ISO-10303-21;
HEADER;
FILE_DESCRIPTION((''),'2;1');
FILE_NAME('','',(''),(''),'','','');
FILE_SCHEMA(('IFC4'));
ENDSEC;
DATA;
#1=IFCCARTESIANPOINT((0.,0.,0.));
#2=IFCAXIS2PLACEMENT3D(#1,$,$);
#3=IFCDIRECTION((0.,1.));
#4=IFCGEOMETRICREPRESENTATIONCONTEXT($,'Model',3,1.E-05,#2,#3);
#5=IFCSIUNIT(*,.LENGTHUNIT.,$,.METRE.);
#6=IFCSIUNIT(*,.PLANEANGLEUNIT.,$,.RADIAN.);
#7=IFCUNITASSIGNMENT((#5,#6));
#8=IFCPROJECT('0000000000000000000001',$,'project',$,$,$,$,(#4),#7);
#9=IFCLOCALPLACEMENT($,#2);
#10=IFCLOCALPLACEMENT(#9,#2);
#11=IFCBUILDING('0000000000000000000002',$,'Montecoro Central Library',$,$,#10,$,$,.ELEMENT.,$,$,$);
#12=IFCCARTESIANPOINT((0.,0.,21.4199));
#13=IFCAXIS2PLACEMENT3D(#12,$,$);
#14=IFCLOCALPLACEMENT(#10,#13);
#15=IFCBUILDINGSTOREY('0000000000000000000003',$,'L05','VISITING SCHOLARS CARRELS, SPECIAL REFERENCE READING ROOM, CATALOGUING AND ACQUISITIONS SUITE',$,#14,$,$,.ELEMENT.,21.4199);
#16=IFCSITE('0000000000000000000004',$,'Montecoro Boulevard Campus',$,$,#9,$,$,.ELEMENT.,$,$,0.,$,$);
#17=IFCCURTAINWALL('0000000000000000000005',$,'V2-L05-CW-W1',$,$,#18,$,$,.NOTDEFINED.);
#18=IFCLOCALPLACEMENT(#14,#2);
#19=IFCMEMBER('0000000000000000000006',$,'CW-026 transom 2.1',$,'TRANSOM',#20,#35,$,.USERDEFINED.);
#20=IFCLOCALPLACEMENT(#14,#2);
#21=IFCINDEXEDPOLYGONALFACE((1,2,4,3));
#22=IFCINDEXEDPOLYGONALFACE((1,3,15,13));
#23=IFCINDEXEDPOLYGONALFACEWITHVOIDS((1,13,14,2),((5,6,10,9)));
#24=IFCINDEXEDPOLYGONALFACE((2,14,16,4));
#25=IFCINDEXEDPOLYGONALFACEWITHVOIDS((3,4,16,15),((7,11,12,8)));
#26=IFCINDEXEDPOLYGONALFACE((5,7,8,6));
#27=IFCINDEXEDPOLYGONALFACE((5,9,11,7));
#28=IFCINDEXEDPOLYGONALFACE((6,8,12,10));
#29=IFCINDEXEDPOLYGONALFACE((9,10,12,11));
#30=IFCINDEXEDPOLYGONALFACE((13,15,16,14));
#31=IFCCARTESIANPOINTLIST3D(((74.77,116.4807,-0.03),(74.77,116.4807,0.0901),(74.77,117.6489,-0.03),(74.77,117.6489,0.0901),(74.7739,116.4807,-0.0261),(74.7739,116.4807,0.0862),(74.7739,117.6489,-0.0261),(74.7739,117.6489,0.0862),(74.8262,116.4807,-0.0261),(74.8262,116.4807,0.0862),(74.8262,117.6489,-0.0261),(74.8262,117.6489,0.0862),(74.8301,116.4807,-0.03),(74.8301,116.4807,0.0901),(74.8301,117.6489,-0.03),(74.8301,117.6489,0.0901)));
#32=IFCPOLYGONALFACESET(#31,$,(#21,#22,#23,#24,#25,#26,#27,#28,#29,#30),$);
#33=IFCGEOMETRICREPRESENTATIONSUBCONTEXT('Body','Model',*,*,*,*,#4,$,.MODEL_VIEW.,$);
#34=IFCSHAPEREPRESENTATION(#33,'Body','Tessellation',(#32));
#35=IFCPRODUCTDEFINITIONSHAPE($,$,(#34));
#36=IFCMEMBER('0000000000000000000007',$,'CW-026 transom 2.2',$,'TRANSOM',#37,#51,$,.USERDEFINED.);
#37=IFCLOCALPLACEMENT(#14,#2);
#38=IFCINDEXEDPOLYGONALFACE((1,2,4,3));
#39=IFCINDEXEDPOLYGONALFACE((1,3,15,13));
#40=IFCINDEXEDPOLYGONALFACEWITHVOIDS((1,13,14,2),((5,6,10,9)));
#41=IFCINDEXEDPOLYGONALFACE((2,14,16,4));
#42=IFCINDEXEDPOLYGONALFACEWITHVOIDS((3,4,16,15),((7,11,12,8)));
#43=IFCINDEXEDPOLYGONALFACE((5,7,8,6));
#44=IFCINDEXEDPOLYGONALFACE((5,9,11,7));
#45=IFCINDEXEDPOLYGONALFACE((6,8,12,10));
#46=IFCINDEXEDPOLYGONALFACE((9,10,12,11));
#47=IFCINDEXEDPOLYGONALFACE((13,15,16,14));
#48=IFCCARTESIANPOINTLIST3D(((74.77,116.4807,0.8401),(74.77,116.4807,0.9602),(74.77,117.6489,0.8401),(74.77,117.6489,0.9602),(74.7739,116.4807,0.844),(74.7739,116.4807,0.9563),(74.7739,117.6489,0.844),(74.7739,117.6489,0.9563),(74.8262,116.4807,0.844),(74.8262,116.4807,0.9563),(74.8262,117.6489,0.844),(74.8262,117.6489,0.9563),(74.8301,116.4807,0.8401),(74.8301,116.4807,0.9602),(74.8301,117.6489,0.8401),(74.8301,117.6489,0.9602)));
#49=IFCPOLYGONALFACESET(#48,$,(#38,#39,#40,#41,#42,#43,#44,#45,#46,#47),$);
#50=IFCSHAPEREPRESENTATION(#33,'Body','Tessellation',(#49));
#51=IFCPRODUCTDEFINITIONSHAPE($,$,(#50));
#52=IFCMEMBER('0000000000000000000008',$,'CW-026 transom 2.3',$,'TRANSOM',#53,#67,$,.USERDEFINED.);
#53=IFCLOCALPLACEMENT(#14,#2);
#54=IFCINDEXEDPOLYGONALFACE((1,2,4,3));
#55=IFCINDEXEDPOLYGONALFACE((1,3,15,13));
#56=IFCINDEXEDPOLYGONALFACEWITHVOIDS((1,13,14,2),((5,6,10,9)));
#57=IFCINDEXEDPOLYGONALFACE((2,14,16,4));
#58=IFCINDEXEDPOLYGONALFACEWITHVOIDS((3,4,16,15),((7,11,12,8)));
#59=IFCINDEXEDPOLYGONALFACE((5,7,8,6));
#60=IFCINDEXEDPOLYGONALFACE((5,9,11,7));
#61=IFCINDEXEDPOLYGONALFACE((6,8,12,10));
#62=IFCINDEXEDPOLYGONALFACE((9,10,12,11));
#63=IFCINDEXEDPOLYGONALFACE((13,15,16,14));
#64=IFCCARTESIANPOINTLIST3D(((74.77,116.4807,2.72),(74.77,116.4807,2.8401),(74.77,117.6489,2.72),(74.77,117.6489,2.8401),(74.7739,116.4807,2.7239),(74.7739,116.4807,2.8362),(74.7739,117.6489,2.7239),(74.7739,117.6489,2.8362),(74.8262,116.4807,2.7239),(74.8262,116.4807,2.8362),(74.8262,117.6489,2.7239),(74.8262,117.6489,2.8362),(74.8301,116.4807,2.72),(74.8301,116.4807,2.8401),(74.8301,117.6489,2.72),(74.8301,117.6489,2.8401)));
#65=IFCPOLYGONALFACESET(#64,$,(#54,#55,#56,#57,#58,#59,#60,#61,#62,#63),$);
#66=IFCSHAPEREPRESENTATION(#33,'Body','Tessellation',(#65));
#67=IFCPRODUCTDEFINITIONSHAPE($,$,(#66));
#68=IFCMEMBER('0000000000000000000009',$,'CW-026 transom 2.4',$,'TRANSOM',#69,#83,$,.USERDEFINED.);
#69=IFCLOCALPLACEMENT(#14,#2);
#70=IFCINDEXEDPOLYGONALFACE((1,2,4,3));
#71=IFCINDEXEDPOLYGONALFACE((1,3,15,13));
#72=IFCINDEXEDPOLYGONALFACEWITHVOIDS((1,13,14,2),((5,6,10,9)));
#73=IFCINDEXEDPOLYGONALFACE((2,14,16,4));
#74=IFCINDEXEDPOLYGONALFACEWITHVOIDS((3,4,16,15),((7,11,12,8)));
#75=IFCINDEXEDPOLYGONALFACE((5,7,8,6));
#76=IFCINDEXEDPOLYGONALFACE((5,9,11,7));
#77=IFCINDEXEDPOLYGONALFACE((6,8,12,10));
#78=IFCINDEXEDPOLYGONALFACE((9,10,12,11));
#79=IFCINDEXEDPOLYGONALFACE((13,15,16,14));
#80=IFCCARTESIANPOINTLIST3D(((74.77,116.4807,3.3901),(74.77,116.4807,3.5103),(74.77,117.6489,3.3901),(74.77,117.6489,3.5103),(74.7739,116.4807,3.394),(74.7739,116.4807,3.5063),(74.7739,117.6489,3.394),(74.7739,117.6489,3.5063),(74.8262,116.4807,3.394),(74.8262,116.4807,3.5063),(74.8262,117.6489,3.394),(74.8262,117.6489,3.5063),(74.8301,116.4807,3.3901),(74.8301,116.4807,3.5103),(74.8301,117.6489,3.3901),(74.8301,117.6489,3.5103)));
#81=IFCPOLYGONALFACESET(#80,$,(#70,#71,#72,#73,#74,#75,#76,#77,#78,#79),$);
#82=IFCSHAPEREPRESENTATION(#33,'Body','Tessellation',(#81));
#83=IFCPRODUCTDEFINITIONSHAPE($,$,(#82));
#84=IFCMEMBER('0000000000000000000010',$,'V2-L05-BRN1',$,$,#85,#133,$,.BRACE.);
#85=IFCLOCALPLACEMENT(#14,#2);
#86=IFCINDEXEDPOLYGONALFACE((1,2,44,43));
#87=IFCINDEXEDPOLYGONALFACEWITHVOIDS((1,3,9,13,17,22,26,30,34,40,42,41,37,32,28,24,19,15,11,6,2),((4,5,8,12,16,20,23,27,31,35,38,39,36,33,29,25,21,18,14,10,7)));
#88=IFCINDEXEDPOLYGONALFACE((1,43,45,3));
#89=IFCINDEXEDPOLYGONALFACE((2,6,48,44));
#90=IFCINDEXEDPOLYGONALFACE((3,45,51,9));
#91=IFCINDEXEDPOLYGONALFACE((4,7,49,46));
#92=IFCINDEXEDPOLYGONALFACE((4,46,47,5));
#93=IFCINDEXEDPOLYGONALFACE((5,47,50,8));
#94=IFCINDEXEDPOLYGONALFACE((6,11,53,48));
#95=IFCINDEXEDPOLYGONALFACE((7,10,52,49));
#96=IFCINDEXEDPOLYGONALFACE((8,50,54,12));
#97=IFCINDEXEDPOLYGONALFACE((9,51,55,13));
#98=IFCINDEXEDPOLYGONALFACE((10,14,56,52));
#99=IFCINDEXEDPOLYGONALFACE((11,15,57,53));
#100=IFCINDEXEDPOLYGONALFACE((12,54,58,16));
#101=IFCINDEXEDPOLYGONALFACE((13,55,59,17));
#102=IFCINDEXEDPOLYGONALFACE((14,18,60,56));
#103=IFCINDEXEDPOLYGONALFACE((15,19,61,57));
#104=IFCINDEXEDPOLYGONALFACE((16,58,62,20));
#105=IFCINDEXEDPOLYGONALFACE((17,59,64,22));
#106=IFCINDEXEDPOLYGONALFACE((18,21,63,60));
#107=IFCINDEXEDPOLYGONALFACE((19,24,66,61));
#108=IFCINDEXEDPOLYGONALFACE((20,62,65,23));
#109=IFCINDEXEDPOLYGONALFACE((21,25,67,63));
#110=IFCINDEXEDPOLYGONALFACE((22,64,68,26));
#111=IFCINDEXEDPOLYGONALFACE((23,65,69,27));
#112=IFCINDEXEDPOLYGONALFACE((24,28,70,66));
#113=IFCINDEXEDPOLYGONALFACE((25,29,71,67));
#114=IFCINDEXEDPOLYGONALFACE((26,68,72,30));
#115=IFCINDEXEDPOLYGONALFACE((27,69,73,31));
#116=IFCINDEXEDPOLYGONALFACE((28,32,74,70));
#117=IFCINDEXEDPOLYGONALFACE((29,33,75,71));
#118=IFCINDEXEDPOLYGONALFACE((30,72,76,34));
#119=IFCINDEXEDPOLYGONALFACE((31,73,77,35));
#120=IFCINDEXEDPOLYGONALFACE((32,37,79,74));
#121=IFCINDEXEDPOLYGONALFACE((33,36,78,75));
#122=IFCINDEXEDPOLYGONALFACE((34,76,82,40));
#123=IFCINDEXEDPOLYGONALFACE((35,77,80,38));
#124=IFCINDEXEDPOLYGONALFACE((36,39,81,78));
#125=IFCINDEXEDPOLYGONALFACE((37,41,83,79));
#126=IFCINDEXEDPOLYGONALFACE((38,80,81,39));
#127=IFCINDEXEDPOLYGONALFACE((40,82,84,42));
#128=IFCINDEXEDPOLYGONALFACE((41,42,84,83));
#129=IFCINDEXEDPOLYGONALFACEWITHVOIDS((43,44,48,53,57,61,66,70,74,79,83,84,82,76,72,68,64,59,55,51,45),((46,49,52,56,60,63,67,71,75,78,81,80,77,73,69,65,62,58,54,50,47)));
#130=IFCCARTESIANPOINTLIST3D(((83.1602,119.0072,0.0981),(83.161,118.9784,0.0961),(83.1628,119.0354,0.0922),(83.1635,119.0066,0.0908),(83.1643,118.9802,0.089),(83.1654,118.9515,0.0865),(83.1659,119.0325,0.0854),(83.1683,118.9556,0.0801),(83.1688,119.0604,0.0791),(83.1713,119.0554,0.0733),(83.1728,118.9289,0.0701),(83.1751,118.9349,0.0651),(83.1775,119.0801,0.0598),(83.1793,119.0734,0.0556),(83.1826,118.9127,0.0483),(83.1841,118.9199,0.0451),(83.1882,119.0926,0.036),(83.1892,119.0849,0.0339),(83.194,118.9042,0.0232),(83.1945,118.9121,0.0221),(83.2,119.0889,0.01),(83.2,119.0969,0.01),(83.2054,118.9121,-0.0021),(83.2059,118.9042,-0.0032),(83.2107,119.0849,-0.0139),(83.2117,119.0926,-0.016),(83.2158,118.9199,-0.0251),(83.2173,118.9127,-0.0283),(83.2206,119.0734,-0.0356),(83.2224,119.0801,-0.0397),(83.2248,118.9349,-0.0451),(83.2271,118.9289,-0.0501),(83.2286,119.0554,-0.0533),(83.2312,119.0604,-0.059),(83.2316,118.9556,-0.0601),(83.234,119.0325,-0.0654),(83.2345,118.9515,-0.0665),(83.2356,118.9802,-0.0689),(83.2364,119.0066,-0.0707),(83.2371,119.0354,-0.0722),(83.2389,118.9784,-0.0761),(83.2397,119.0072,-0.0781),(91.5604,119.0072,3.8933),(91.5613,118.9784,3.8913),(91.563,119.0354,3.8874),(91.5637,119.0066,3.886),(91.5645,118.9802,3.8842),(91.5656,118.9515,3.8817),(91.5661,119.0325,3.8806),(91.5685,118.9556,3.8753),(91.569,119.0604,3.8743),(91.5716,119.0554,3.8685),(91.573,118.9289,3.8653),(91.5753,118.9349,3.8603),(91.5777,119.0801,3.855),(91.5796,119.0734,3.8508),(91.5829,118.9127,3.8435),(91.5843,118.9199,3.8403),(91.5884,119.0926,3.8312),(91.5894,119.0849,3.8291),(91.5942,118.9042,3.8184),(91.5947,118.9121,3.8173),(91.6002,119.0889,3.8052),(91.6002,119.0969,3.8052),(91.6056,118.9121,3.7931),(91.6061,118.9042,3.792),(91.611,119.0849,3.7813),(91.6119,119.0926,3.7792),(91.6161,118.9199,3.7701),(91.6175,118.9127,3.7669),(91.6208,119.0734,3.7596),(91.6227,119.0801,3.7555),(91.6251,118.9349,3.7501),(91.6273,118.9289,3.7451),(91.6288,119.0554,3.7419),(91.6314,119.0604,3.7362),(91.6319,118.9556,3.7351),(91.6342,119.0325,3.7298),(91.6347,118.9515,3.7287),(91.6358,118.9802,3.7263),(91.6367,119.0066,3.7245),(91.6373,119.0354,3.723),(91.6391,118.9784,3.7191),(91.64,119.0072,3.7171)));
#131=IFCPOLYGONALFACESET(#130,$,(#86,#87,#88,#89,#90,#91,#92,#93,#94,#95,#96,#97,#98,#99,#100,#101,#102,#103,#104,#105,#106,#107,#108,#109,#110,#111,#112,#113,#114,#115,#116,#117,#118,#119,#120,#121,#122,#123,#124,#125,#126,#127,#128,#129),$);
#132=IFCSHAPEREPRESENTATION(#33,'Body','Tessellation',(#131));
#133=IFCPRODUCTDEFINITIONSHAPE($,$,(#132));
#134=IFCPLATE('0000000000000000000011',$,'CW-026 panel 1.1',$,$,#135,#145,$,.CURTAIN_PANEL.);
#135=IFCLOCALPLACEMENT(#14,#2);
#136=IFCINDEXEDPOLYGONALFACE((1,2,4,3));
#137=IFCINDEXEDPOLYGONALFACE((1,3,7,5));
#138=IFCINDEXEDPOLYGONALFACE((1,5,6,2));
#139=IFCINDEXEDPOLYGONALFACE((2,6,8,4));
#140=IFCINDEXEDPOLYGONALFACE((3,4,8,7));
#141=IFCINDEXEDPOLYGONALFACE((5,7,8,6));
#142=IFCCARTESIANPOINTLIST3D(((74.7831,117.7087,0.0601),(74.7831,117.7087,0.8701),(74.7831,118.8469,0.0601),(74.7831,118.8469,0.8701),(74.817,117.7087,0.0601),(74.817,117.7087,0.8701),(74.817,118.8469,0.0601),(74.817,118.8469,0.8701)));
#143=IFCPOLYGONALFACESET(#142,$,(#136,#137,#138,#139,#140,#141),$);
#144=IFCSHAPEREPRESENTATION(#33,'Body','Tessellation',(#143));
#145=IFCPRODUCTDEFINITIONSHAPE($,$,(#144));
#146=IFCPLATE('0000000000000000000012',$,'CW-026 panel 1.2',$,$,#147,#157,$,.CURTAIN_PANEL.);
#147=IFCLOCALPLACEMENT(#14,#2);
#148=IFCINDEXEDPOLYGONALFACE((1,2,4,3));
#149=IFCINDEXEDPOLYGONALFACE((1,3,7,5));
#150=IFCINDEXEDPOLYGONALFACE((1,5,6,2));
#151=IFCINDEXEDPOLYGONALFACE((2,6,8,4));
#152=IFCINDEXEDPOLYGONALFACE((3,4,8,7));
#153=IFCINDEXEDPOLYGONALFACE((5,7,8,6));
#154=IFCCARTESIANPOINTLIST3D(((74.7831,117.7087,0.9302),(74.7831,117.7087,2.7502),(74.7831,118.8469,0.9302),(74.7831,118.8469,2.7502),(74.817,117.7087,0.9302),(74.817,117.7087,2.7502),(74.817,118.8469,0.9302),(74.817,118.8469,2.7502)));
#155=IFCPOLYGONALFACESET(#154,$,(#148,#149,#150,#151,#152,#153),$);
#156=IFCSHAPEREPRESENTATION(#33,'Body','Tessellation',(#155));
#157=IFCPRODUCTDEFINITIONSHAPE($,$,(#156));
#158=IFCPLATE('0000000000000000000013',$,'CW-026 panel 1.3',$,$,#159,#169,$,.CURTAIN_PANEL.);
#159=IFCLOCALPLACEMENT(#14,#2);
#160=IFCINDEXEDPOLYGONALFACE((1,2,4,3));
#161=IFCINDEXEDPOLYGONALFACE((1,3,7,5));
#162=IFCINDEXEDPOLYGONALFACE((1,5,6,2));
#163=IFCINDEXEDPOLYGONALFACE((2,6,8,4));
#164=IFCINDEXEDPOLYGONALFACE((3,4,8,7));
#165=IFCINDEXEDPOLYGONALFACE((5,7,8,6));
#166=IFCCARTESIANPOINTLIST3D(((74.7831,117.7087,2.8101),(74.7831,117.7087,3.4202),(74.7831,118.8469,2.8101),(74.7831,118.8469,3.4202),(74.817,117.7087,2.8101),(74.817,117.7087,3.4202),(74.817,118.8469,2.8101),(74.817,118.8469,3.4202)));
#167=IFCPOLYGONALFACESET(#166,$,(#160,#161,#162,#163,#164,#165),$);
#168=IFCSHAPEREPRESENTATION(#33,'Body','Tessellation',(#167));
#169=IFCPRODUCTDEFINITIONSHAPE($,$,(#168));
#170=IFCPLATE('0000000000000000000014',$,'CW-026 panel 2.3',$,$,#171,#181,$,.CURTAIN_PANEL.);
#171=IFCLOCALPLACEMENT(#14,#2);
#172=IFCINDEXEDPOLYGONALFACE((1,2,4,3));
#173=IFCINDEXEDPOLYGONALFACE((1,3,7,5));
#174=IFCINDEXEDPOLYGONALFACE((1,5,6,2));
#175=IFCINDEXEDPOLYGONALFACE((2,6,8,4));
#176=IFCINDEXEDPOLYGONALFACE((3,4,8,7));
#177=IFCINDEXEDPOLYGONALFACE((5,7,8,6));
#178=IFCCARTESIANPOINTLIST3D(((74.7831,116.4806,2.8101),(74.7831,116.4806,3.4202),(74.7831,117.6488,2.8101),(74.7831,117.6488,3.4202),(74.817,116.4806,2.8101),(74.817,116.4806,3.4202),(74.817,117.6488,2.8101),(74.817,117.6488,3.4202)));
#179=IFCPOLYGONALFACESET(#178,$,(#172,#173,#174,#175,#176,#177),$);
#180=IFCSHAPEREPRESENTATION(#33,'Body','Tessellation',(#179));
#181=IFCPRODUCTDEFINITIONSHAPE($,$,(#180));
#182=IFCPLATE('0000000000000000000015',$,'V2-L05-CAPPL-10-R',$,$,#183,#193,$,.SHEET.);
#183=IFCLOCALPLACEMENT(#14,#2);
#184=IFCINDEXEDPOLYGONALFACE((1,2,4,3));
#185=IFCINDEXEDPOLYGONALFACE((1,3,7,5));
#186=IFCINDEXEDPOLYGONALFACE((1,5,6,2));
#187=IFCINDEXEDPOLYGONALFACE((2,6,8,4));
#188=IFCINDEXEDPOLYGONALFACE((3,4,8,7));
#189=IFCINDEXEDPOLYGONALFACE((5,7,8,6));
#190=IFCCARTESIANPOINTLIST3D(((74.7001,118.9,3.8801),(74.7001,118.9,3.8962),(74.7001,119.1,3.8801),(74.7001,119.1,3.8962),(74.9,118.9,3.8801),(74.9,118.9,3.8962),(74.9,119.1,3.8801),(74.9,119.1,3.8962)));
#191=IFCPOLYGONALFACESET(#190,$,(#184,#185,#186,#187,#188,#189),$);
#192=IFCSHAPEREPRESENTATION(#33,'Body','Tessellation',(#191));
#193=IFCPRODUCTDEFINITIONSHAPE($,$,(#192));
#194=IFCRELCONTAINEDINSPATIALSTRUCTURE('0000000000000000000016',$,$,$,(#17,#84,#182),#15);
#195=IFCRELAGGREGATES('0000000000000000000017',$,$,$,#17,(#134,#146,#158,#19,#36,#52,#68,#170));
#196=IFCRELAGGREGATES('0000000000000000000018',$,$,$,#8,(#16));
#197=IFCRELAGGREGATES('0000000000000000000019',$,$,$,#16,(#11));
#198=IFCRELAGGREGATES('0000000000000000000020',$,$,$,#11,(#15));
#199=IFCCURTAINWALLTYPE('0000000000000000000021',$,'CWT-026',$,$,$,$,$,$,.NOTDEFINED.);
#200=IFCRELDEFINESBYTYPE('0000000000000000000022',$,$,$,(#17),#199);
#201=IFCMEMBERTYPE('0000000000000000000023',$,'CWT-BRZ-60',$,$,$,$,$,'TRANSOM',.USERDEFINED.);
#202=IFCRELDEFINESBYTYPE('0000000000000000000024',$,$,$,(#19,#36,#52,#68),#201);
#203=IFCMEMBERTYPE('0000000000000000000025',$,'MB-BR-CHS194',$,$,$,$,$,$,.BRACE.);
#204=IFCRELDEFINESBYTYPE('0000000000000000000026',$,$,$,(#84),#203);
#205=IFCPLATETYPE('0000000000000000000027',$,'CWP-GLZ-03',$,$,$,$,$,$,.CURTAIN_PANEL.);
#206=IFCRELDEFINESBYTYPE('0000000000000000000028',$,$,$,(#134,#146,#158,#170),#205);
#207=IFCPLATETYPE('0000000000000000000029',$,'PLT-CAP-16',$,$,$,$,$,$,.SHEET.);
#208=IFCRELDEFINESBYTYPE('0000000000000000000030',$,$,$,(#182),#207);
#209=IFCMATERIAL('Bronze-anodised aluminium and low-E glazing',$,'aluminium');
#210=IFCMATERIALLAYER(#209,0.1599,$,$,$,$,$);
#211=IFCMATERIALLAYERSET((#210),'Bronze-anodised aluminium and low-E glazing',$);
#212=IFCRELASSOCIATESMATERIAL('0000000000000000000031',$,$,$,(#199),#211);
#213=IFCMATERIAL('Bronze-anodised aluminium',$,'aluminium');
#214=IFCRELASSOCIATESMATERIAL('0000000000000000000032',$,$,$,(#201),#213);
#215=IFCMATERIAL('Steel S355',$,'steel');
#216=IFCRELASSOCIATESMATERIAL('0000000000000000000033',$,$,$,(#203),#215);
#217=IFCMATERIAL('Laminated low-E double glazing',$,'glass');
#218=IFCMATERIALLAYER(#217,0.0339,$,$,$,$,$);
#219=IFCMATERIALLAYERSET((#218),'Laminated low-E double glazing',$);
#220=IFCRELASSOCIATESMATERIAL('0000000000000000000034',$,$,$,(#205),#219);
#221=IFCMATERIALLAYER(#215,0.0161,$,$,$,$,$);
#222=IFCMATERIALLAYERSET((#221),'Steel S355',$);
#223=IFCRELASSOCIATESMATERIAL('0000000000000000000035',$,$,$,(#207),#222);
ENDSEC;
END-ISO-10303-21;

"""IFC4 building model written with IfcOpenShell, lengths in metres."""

from ifc_helpers import new_model, si_unit, direction, frame, origin, origin_2d, place, context, subcontext, project, spatial, rectangle, hollow_rectangle, hollow_circle, extrude, material, layer, layer_set, material_profile, profile_set, type_object, element, aggregate, save


model = new_model("IFC4")

# Units and contexts
model_context = context("Model", 3, precision=1e-05, world=origin(), true_north=direction((0.0, 1.0)))
body_context = subcontext(model_context, "Body", "Model", "MODEL_VIEW")
ifc_project = project(units=[si_unit("LENGTHUNIT", "METRE"), si_unit("PLANEANGLEUNIT", "RADIAN")], contexts=[model_context])

# Site, building, storey
site_placement = place(None, origin())
site = spatial("IfcSite", under=ifc_project, at=site_placement, Name="Montecoro Boulevard Campus", CompositionType="ELEMENT", RefElevation=0.0)
building_placement = place(site_placement, origin())
building = spatial("IfcBuilding", under=site, at=building_placement, Name="Montecoro Central Library", CompositionType="ELEMENT")
storey_placement = place(building_placement, frame((0.0, 0.0, 21.4199)))
storey = spatial("IfcBuildingStorey", under=building, at=storey_placement, Name="L05", Description="VISITING SCHOLARS CARRELS, SPECIAL REFERENCE READING ROOM, CATALOGUING AND ACQUISITIONS SUITE", CompositionType="ELEMENT", Elevation=21.4199)

# Shared definitions
ifc_material_1 = material(Name="Steel S355", Category="steel")

# Curtain wall, members
ifc_material_2 = material(Name="Bronze-anodised aluminium and low-E glazing", Category="aluminium")
ifc_layer_1 = layer(ifc_material_2, 0.1599)
ifc_layer_set_1 = layer_set([ifc_layer_1], Name="Bronze-anodised aluminium and low-E glazing")
curtain_wall_type = type_object("IfcCurtainWallType", Name="CWT-026", PredefinedType="NOTDEFINED", material=ifc_layer_set_1)
curtain_wall_placement = place(storey_placement, origin())
curtain_wall = element("IfcCurtainWall", 1, at=curtain_wall_placement, inside=storey, type_object=curtain_wall_type, Name="V2-L05-CW-W1", PredefinedType="NOTDEFINED")
ifc_material_3 = material(Name="Bronze-anodised aluminium", Category="aluminium")
ifc_material_profile_1 = material_profile(ifc_material_3, hollow_rectangle(XDim=0.0601, YDim=0.1201, WallThickness=0.0039, at=origin_2d()), Name="CWT 120x60x4.0")
ifc_profile_set_1 = profile_set([ifc_material_profile_1], Name="Bronze-anodised aluminium")
member_type_1 = type_object("IfcMemberType", Name="CWT-BRZ-60", ElementType="TRANSOM", PredefinedType="USERDEFINED", material=ifc_profile_set_1)
member_1_placement = place(storey_placement, frame((74.8, 117.6489, 0.03), z_axis=(0.0, -1.0, 0.0), x_axis=(1.0, 0.0, 0.0)))
member_1 = element("IfcMember", 2, at=member_1_placement, type_object=member_type_1, Name="CW-026 transom 2.1", ObjectType="TRANSOM", PredefinedType="USERDEFINED", context=body_context, shape_type="SweptSolid", body=[
    extrude(hollow_rectangle(XDim=0.0601, YDim=0.1201, WallThickness=0.0039, at=origin_2d()), origin(), (0.0, 0.0, 1.0), 1.1682),
])
member_2_placement = place(storey_placement, frame((74.8, 117.6489, 0.9001), z_axis=(0.0, -1.0, 0.0), x_axis=(1.0, 0.0, 0.0)))
member_2 = element("IfcMember", 3, at=member_2_placement, type_object=member_type_1, Name="CW-026 transom 2.2", ObjectType="TRANSOM", PredefinedType="USERDEFINED", context=body_context, shape_type="SweptSolid", body=[
    extrude(hollow_rectangle(XDim=0.0601, YDim=0.1201, WallThickness=0.0039, at=origin_2d()), origin(), (0.0, 0.0, 1.0), 1.1682),
])
member_3_placement = place(storey_placement, frame((74.8, 117.6489, 2.78), z_axis=(0.0, -1.0, 0.0), x_axis=(1.0, 0.0, 0.0)))
member_3 = element("IfcMember", 4, at=member_3_placement, type_object=member_type_1, Name="CW-026 transom 2.3", ObjectType="TRANSOM", PredefinedType="USERDEFINED", context=body_context, shape_type="SweptSolid", body=[
    extrude(hollow_rectangle(XDim=0.0601, YDim=0.1201, WallThickness=0.0039, at=origin_2d()), origin(), (0.0, 0.0, 1.0), 1.1682),
])
member_4_placement = place(storey_placement, frame((74.8, 117.6489, 3.4502), z_axis=(0.0, -1.0, 0.0), x_axis=(1.0, 0.0, 0.0)))
member_4 = element("IfcMember", 5, at=member_4_placement, type_object=member_type_1, Name="CW-026 transom 2.4", ObjectType="TRANSOM", PredefinedType="USERDEFINED", context=body_context, shape_type="SweptSolid", body=[
    extrude(hollow_rectangle(XDim=0.0601, YDim=0.1201, WallThickness=0.0039, at=origin_2d()), origin(), (0.0, 0.0, 1.0), 1.1682),
])

# Member
ifc_material_profile_2 = material_profile(ifc_material_1, hollow_circle(Radius=0.0969, WallThickness=0.0081, at=origin_2d()), Name="CHS 193.7x8.0")
ifc_profile_set_2 = profile_set([ifc_material_profile_2], Name="Steel S355")
member_type_2 = type_object("IfcMemberType", Name="MB-BR-CHS194", PredefinedType="BRACE", material=ifc_profile_set_2)
member_5_placement = place(storey_placement, frame((83.2, 119.0, 0.01), z_axis=(0.911307, 0.0, 0.411727), x_axis=(0.0, 1.0, 0.0)))
element("IfcMember", 6, at=member_5_placement, inside=storey, type_object=member_type_2, Name="V2-L05-BRN1", PredefinedType="BRACE", context=body_context, shape_type="SweptSolid", body=[
    extrude(hollow_circle(Radius=0.0969, WallThickness=0.0081, at=origin_2d()), origin(), (0.0, 0.0, 1.0), 9.2178),
])

# Plates
ifc_material_4 = material(Name="Laminated low-E double glazing", Category="glass")
ifc_layer_2 = layer(ifc_material_4, 0.0339)
ifc_layer_set_2 = layer_set([ifc_layer_2], Name="Laminated low-E double glazing")
plate_type_1 = type_object("IfcPlateType", Name="CWP-GLZ-03", PredefinedType="CURTAIN_PANEL", material=ifc_layer_set_2)
plate_1_placement = place(storey_placement, frame((74.8, 118.2778, 0.0601), z_axis=(0.0, 0.0, 1.0), x_axis=(0.0, -1.0, 0.0)))
plate_1 = element("IfcPlate", 7, at=plate_1_placement, type_object=plate_type_1, Name="CW-026 panel 1.1", PredefinedType="CURTAIN_PANEL", context=body_context, shape_type="SweptSolid", body=[
    extrude(rectangle(XDim=1.1382, YDim=0.0339, at=origin_2d()), origin(), (0.0, 0.0, 1.0), 0.8101),
])
plate_2_placement = place(storey_placement, frame((74.8, 118.2778, 0.9302), z_axis=(0.0, 0.0, 1.0), x_axis=(0.0, -1.0, 0.0)))
plate_2 = element("IfcPlate", 8, at=plate_2_placement, type_object=plate_type_1, Name="CW-026 panel 1.2", PredefinedType="CURTAIN_PANEL", context=body_context, shape_type="SweptSolid", body=[
    extrude(rectangle(XDim=1.1382, YDim=0.0339, at=origin_2d()), origin(), (0.0, 0.0, 1.0), 1.8201),
])
plate_3_placement = place(storey_placement, frame((74.8, 118.2778, 2.8101), z_axis=(0.0, 0.0, 1.0), x_axis=(0.0, -1.0, 0.0)))
plate_3 = element("IfcPlate", 9, at=plate_3_placement, type_object=plate_type_1, Name="CW-026 panel 1.3", PredefinedType="CURTAIN_PANEL", context=body_context, shape_type="SweptSolid", body=[
    extrude(rectangle(XDim=1.1382, YDim=0.0339, at=origin_2d()), origin(), (0.0, 0.0, 1.0), 0.6101),
])
plate_4_placement = place(storey_placement, frame((74.8, 117.0647, 2.8101), z_axis=(0.0, 0.0, 1.0), x_axis=(0.0, -1.0, 0.0)))
plate_4 = element("IfcPlate", 10, at=plate_4_placement, type_object=plate_type_1, Name="CW-026 panel 2.3", PredefinedType="CURTAIN_PANEL", context=body_context, shape_type="SweptSolid", body=[
    extrude(rectangle(XDim=1.1682, YDim=0.0339, at=origin_2d()), origin(), (0.0, 0.0, 1.0), 0.6101),
])
aggregate(curtain_wall, [plate_1, plate_2, plate_3, member_1, member_2, member_3, member_4, plate_4])

# Plate
ifc_layer_3 = layer(ifc_material_1, 0.0161)
ifc_layer_set_3 = layer_set([ifc_layer_3], Name="Steel S355")
plate_type_2 = type_object("IfcPlateType", Name="PLT-CAP-16", PredefinedType="SHEET", material=ifc_layer_set_3)
for number, where, z_axis, x_axis, name in (
    (11, (74.8, 119.0, 3.8801), (0.0, 0.0, 1.0), (1.0, 0.0, 0.0), "V2-L05-CAPPL-10-R"),
):
    element("IfcPlate", number, at=place(storey_placement, frame(where, z_axis=z_axis, x_axis=x_axis)), inside=storey, type_object=plate_type_2, Name=name, PredefinedType="SHEET", context=body_context, shape_type="SweptSolid", body=[
        extrude(rectangle(XDim=0.2, YDim=0.2, at=origin_2d()), origin(), (0.0, 0.0, 1.0), 0.0161),
    ])

save(model, "model.ifc")
